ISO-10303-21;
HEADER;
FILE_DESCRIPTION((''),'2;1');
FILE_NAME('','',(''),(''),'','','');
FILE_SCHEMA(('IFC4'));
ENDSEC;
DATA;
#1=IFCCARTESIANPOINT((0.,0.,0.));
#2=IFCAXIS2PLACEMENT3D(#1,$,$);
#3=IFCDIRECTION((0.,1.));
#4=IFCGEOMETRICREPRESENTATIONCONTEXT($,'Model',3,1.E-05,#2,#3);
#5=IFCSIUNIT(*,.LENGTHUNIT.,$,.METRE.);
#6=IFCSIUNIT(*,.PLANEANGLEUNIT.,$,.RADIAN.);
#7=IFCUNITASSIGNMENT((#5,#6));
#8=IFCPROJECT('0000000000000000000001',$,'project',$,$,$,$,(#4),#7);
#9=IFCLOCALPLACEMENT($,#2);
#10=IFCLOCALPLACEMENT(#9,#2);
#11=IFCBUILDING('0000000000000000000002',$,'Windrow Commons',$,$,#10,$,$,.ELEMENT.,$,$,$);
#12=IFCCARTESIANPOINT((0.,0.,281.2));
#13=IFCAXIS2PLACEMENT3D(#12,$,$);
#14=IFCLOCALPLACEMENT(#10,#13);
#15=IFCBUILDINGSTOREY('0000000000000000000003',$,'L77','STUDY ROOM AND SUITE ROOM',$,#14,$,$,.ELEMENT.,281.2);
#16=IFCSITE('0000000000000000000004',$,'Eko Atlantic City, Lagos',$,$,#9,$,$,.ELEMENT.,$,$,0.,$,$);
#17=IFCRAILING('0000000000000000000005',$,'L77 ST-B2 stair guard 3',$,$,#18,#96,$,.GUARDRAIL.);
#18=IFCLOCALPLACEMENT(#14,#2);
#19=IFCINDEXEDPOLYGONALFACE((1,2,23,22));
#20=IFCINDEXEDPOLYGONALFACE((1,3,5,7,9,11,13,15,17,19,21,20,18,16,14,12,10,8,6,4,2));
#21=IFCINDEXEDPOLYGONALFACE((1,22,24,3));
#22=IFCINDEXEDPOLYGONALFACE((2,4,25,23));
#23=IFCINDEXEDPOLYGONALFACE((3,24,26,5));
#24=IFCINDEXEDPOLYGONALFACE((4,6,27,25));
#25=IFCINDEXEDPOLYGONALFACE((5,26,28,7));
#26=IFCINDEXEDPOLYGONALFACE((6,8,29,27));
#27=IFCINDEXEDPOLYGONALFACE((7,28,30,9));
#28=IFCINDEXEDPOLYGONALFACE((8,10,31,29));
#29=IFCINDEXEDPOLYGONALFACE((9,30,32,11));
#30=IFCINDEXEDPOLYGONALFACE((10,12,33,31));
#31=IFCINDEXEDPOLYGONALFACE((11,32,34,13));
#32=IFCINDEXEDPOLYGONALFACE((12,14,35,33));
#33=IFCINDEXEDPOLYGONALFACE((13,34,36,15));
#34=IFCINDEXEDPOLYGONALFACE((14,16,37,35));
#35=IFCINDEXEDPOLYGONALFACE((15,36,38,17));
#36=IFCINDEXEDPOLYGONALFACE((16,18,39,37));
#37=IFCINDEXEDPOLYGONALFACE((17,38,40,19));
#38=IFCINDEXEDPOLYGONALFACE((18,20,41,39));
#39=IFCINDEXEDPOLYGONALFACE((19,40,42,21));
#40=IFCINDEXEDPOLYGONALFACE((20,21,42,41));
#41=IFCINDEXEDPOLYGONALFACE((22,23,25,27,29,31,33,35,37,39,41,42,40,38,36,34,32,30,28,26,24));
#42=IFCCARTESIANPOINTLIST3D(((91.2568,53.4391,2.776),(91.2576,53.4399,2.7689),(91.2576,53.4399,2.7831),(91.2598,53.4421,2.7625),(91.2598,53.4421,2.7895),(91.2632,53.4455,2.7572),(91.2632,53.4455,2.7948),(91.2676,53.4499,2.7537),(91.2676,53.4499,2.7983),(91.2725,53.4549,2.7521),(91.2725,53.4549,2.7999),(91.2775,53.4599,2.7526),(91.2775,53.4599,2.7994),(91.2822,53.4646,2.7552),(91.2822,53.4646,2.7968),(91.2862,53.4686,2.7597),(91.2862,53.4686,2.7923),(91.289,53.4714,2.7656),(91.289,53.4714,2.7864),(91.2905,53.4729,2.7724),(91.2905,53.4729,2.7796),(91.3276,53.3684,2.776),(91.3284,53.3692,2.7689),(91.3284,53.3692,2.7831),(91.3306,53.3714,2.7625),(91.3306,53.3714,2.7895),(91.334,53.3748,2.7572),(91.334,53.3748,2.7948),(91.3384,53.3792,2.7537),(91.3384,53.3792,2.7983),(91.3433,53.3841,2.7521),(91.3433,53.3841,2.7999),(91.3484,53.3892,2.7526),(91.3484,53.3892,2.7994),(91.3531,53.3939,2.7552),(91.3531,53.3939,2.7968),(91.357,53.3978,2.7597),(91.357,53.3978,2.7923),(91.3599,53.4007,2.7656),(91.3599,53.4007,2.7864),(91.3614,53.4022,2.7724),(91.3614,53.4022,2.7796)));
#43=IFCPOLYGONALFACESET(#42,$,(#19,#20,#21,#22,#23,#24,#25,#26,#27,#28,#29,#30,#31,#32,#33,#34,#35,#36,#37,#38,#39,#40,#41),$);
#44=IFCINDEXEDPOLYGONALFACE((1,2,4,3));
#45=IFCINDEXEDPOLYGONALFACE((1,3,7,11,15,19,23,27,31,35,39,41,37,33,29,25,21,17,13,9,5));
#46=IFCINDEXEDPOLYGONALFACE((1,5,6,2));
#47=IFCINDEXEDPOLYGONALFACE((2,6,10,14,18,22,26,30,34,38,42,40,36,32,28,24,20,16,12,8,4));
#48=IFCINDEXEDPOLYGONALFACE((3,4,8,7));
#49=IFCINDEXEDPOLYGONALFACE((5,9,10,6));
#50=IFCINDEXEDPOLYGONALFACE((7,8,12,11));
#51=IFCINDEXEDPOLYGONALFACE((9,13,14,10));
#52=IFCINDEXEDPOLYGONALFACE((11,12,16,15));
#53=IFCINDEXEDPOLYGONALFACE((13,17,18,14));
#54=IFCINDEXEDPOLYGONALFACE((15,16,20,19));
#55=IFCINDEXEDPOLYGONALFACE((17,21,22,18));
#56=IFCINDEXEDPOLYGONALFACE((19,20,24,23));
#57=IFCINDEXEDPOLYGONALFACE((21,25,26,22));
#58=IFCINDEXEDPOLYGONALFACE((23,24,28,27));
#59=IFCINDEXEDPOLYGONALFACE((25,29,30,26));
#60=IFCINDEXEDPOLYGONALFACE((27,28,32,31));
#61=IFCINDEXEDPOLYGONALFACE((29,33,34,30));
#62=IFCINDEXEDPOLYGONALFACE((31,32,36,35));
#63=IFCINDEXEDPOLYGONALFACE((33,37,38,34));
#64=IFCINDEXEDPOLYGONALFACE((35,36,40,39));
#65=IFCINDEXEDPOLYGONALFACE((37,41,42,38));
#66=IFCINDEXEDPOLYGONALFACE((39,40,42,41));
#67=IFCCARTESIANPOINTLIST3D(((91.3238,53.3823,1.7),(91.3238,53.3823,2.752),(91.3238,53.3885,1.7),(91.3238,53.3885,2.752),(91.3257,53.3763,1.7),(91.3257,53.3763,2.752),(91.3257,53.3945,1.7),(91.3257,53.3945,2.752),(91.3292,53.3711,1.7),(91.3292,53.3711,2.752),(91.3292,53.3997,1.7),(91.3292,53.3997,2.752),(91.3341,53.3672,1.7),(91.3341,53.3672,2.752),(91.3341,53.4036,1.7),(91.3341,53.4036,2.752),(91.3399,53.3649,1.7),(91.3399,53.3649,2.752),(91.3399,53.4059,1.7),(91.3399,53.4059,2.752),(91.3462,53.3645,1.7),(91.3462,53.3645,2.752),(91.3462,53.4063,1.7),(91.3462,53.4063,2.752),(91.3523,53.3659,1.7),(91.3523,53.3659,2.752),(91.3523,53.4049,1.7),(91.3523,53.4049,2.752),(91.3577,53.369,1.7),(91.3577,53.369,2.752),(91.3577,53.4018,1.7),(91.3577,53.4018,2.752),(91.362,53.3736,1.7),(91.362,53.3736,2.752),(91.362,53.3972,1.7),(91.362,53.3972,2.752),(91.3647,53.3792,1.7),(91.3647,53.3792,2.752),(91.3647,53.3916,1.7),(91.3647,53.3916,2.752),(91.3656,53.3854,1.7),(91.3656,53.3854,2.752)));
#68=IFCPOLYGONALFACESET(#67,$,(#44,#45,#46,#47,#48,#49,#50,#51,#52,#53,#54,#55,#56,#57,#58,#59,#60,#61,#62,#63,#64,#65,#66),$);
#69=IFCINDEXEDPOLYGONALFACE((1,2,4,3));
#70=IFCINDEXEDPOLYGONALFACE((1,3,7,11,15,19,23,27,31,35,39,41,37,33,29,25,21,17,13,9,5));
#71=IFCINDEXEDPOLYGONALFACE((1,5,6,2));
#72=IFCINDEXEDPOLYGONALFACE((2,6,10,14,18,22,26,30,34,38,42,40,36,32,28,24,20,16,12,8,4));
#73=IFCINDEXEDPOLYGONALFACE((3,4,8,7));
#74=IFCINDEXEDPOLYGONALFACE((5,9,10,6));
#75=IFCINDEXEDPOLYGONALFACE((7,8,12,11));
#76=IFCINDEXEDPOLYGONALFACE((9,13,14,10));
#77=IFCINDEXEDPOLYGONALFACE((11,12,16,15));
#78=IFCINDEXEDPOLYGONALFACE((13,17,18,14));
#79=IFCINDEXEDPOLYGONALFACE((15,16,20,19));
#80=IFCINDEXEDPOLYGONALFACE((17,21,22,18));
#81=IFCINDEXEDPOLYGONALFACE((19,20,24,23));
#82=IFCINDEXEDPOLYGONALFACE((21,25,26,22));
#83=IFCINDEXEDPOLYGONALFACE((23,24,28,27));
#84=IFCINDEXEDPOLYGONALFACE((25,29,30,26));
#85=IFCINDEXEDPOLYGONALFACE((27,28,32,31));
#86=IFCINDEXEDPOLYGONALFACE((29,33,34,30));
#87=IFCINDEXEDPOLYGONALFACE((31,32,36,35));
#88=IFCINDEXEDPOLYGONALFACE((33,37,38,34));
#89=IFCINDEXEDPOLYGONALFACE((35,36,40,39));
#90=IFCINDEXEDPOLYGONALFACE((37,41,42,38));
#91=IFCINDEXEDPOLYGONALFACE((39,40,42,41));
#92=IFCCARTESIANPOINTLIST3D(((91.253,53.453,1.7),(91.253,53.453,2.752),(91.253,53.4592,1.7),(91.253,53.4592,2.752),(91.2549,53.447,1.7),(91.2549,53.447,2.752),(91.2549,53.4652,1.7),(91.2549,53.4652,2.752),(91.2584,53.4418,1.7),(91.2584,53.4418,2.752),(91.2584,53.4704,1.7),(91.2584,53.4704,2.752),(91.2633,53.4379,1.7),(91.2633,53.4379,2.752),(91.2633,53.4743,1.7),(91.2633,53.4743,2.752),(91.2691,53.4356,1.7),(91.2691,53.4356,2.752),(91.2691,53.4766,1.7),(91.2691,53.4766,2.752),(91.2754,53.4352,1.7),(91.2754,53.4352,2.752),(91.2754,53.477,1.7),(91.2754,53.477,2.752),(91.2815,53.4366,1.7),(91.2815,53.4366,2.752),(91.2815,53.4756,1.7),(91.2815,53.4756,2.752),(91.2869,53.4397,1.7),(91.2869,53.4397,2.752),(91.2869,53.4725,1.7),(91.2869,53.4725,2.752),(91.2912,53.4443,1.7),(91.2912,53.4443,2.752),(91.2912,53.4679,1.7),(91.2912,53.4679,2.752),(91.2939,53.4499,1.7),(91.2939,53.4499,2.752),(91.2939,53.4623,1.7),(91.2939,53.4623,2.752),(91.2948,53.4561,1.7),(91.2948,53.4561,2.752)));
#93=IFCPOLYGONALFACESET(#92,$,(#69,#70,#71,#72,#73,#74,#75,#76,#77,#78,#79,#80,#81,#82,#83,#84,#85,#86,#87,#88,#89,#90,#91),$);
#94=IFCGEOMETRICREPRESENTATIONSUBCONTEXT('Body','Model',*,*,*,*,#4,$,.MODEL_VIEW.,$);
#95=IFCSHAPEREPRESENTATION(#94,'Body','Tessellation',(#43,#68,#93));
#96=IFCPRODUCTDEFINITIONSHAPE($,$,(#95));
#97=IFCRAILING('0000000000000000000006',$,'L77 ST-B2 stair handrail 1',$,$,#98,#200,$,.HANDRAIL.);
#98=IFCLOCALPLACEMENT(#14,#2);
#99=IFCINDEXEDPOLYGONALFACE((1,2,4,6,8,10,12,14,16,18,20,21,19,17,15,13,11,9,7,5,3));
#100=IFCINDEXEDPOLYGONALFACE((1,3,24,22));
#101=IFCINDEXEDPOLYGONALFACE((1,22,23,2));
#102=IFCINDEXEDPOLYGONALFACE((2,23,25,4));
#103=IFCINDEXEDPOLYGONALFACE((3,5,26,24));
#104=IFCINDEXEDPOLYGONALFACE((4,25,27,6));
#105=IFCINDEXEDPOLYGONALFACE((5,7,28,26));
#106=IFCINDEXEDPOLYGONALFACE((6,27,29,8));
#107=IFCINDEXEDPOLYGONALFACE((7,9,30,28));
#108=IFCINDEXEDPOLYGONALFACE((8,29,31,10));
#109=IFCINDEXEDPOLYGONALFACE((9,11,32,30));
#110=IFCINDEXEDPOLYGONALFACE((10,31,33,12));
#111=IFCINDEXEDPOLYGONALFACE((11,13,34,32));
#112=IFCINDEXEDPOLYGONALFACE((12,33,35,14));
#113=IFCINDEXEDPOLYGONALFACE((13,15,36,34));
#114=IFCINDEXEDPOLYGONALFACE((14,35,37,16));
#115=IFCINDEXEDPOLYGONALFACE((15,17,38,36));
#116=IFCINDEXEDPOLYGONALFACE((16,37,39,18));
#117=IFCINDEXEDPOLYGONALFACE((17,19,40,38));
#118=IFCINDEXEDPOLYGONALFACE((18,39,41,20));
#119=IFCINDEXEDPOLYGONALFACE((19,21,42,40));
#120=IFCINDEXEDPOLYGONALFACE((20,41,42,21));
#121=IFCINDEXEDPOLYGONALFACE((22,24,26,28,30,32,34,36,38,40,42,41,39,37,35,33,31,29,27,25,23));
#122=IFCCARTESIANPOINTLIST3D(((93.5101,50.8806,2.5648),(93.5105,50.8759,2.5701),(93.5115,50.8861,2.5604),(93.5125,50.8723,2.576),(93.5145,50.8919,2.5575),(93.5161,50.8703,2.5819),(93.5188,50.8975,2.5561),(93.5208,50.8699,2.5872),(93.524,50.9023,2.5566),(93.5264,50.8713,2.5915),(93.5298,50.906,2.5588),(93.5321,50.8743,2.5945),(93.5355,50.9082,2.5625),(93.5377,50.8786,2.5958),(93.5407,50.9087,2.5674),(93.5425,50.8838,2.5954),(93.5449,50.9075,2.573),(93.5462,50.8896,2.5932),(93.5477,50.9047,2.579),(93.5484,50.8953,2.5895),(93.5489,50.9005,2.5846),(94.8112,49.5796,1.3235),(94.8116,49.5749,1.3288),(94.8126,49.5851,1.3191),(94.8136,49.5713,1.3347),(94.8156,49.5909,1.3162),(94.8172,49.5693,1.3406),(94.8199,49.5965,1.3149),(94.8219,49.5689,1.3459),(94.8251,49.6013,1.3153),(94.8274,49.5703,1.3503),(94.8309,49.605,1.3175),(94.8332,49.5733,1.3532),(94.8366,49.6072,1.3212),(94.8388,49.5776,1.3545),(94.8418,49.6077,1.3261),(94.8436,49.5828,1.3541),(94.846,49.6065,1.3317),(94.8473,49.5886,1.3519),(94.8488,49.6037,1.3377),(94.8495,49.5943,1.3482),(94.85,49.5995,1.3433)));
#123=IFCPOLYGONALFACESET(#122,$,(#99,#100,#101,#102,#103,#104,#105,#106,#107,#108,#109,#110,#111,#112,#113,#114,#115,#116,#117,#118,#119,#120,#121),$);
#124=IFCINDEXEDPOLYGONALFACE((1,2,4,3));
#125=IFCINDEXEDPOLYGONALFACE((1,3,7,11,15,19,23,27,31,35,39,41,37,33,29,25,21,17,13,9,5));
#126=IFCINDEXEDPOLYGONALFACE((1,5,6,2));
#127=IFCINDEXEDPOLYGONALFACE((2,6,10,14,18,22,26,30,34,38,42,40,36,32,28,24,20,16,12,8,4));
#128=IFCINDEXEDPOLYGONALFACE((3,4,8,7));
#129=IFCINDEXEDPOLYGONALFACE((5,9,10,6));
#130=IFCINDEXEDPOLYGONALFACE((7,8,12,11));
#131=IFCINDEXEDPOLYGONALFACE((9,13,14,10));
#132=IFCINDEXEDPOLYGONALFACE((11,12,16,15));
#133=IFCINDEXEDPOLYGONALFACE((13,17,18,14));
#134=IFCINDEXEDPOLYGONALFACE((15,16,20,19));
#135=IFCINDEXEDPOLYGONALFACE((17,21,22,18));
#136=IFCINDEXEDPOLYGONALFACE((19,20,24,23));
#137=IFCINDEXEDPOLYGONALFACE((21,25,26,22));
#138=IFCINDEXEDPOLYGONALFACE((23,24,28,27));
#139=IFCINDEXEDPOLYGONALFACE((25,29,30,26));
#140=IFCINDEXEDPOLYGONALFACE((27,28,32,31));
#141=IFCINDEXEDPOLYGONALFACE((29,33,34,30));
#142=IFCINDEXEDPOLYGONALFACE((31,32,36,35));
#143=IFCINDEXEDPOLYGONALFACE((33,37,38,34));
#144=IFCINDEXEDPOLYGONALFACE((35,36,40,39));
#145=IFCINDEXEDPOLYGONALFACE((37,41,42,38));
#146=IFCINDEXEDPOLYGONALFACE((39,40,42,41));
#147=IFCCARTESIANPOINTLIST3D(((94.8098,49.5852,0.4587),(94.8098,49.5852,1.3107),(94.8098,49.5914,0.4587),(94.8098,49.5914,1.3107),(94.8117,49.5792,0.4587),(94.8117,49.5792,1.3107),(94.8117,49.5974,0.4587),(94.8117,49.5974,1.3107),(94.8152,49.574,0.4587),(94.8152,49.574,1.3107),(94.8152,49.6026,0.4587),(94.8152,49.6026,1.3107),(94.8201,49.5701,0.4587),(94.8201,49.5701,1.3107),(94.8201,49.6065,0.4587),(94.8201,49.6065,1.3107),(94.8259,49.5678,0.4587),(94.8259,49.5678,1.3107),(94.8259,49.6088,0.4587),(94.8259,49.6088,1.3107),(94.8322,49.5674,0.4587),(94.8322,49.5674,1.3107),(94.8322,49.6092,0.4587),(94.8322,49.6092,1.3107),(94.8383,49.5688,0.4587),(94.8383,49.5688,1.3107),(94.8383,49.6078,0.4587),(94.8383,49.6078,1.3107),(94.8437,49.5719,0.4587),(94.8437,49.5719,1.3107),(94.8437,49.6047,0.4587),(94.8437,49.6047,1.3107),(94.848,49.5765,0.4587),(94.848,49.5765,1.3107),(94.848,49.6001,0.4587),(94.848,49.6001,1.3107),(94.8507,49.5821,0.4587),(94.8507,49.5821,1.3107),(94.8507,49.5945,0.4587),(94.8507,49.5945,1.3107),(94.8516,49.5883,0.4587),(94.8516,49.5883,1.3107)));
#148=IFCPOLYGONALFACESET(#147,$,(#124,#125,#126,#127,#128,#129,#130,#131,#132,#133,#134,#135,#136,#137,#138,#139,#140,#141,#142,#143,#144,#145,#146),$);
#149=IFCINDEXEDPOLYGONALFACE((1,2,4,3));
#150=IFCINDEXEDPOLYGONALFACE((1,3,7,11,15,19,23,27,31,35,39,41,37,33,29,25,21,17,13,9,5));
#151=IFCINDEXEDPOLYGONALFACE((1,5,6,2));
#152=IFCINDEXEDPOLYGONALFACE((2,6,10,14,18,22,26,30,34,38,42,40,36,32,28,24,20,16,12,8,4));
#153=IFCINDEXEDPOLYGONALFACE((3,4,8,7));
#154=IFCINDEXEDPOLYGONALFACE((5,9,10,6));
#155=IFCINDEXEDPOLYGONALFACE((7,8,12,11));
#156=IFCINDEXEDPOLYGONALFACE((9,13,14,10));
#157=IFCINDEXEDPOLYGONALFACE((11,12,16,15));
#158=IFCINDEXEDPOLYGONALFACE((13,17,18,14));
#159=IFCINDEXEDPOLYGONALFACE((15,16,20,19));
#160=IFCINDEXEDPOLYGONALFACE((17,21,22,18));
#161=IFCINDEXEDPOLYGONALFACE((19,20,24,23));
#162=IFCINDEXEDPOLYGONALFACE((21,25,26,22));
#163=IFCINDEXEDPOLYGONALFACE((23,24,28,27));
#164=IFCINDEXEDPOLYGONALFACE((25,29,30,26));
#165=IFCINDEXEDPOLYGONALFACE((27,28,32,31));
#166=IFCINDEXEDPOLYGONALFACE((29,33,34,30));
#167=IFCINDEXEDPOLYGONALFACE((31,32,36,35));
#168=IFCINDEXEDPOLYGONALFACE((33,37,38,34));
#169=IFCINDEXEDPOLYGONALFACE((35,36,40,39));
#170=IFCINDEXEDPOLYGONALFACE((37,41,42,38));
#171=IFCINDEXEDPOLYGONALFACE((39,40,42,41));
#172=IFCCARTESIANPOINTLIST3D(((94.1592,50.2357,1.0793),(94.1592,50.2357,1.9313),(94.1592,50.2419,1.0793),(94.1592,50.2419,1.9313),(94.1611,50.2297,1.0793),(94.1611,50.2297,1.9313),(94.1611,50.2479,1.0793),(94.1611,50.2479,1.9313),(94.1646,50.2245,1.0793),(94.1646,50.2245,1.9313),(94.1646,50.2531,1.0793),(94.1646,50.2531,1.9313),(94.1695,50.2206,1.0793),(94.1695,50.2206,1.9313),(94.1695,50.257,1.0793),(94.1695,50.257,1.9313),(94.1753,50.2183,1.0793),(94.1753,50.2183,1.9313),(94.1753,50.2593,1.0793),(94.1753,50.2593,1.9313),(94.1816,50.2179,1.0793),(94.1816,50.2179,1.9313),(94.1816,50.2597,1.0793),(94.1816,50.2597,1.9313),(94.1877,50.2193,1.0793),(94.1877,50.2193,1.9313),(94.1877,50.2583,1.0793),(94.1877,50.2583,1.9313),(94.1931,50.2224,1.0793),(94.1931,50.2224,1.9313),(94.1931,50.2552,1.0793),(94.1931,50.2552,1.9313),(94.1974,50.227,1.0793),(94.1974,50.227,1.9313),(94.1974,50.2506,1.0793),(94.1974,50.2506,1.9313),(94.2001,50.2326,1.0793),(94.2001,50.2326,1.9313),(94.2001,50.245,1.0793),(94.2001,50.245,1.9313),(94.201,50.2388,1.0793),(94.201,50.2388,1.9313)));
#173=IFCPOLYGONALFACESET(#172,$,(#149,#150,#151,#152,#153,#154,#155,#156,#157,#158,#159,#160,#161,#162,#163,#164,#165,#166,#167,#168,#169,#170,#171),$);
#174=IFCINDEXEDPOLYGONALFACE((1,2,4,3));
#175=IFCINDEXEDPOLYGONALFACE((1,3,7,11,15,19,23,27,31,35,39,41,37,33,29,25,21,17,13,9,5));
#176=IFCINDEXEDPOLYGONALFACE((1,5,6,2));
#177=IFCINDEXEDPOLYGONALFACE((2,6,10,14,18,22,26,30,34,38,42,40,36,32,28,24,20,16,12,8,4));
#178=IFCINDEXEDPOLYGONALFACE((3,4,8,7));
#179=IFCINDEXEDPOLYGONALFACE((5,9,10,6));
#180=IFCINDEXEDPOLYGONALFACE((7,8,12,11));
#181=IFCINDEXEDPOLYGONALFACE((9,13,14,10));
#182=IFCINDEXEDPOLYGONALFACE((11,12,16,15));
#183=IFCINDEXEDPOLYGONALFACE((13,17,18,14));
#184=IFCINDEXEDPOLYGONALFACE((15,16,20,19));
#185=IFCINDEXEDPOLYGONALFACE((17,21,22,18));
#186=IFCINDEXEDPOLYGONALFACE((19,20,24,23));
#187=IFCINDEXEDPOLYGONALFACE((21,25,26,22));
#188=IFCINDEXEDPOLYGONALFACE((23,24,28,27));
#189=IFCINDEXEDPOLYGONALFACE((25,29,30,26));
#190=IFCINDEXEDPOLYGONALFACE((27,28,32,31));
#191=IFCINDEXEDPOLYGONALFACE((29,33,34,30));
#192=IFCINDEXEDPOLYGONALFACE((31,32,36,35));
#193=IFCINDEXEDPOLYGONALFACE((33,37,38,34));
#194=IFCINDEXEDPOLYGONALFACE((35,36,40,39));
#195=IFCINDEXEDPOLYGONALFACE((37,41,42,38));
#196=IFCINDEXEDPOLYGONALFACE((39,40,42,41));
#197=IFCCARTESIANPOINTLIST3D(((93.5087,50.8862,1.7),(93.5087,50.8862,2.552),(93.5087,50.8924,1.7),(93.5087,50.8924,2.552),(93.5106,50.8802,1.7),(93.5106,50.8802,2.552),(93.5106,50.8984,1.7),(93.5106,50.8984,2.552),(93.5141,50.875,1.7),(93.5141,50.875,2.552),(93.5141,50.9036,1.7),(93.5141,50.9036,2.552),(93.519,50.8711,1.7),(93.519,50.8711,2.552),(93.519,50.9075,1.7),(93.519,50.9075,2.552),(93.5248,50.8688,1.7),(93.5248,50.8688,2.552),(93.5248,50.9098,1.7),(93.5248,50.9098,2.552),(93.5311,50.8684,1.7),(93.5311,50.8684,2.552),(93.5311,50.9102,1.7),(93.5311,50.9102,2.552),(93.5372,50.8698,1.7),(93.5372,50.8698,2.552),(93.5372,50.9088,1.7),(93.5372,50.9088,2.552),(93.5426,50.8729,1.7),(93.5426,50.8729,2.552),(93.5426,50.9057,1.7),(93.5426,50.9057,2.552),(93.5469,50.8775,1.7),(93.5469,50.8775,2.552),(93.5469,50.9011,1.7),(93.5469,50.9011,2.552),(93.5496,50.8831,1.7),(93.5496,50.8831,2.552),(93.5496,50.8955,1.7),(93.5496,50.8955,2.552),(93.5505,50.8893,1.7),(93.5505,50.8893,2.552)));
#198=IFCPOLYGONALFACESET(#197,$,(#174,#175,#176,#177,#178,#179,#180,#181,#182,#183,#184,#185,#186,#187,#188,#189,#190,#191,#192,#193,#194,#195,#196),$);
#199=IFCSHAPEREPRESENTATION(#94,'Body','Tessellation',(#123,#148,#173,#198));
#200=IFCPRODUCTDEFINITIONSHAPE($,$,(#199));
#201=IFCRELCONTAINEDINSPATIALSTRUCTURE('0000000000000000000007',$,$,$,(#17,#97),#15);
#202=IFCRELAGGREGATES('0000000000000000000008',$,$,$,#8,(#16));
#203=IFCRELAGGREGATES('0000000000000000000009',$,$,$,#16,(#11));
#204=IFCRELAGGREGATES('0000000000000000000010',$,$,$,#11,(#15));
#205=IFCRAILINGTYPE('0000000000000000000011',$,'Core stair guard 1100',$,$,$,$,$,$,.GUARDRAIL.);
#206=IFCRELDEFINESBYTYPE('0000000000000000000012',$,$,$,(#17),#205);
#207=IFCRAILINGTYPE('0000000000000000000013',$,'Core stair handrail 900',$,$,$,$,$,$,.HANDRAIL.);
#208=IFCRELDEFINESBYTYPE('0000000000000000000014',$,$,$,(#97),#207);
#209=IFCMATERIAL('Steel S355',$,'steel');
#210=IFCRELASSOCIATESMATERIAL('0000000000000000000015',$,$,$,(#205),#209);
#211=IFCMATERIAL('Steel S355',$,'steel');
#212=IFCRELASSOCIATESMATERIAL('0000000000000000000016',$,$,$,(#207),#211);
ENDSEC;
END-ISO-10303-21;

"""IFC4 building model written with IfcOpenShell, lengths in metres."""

from ifc_helpers import new_model, si_unit, direction, frame, origin, origin_2d, place, context, subcontext, project, spatial, circle, extrude, material, type_object, element, save


model = new_model("IFC4")

# Units and contexts
model_context = context("Model", 3, precision=1e-05, world=origin(), true_north=direction((0.0, 1.0)))
body_context = subcontext(model_context, "Body", "Model", "MODEL_VIEW")
ifc_project = project(units=[si_unit("LENGTHUNIT", "METRE"), si_unit("PLANEANGLEUNIT", "RADIAN")], contexts=[model_context])

# Site, building, storey
site_placement = place(None, origin())
site = spatial("IfcSite", under=ifc_project, at=site_placement, Name="Eko Atlantic City, Lagos", CompositionType="ELEMENT", RefElevation=0.0)
building_placement = place(site_placement, origin())
building = spatial("IfcBuilding", under=site, at=building_placement, Name="Windrow Commons", CompositionType="ELEMENT")
storey_placement = place(building_placement, frame((0.0, 0.0, 281.2)))
storey = spatial("IfcBuildingStorey", under=building, at=storey_placement, Name="L77", Description="STUDY ROOM AND SUITE ROOM", CompositionType="ELEMENT", Elevation=281.2)

# Railings
ifc_material_1 = material(Name="Steel S355", Category="steel")
railing_type_1 = type_object("IfcRailingType", Name="Core stair guard 1100", PredefinedType="GUARDRAIL", material=ifc_material_1)
railing_1_placement = place(storey_placement, frame((91.3446, 53.3854, 1.7)))
element("IfcRailing", 1, at=railing_1_placement, inside=storey, type_object=railing_type_1, Name="L77 ST-B2 stair guard 3", PredefinedType="GUARDRAIL", context=body_context, shape_type="SweptSolid", body=[
    extrude(circle(Radius=0.024, at=origin_2d()), frame((0.0, 0.0, 1.076), z_axis=(-0.707606, 0.706607, 0.0), x_axis=(-0.706607, -0.707606, 0.0)), (0.0, 0.0, 1.0), 0.1001),
    extrude(circle(Radius=0.021, at=origin_2d()), origin(), (0.0, 0.0, 1.0), 1.052),
    extrude(circle(Radius=0.021, at=origin_2d()), frame((-0.0708, 0.0707, 0.0)), (0.0, 0.0, 1.0), 1.052),
])
ifc_material_2 = material(Name="Steel S355", Category="steel")
railing_type_2 = type_object("IfcRailingType", Name="Core stair handrail 900", PredefinedType="HANDRAIL", material=ifc_material_2)
railing_2_placement = place(storey_placement, frame((94.8306, 49.5883, 0.4587)))
element("IfcRailing", 2, at=railing_2_placement, inside=storey, type_object=railing_type_2, Name="L77 ST-B2 stair handrail 1", PredefinedType="HANDRAIL", context=body_context, shape_type="SweptSolid", body=[
    extrude(circle(Radius=0.024, at=origin_2d()), frame((0.0, 0.0, 0.876), z_axis=(-0.586207, 0.586162, 0.559264), x_axis=(-0.70708, -0.707134, 0.0)), (0.0, 0.0, 1.0), 2.2195),
    extrude(circle(Radius=0.021, at=origin_2d()), origin(), (0.0, 0.0, 1.0), 0.852),
    extrude(circle(Radius=0.021, at=origin_2d()), frame((-0.6506, 0.6505, 0.6206)), (0.0, 0.0, 1.0), 0.852),
    extrude(circle(Radius=0.021, at=origin_2d()), frame((-1.3011, 1.301, 1.2413)), (0.0, 0.0, 1.0), 0.852),
])

save(model, "model.ifc")
